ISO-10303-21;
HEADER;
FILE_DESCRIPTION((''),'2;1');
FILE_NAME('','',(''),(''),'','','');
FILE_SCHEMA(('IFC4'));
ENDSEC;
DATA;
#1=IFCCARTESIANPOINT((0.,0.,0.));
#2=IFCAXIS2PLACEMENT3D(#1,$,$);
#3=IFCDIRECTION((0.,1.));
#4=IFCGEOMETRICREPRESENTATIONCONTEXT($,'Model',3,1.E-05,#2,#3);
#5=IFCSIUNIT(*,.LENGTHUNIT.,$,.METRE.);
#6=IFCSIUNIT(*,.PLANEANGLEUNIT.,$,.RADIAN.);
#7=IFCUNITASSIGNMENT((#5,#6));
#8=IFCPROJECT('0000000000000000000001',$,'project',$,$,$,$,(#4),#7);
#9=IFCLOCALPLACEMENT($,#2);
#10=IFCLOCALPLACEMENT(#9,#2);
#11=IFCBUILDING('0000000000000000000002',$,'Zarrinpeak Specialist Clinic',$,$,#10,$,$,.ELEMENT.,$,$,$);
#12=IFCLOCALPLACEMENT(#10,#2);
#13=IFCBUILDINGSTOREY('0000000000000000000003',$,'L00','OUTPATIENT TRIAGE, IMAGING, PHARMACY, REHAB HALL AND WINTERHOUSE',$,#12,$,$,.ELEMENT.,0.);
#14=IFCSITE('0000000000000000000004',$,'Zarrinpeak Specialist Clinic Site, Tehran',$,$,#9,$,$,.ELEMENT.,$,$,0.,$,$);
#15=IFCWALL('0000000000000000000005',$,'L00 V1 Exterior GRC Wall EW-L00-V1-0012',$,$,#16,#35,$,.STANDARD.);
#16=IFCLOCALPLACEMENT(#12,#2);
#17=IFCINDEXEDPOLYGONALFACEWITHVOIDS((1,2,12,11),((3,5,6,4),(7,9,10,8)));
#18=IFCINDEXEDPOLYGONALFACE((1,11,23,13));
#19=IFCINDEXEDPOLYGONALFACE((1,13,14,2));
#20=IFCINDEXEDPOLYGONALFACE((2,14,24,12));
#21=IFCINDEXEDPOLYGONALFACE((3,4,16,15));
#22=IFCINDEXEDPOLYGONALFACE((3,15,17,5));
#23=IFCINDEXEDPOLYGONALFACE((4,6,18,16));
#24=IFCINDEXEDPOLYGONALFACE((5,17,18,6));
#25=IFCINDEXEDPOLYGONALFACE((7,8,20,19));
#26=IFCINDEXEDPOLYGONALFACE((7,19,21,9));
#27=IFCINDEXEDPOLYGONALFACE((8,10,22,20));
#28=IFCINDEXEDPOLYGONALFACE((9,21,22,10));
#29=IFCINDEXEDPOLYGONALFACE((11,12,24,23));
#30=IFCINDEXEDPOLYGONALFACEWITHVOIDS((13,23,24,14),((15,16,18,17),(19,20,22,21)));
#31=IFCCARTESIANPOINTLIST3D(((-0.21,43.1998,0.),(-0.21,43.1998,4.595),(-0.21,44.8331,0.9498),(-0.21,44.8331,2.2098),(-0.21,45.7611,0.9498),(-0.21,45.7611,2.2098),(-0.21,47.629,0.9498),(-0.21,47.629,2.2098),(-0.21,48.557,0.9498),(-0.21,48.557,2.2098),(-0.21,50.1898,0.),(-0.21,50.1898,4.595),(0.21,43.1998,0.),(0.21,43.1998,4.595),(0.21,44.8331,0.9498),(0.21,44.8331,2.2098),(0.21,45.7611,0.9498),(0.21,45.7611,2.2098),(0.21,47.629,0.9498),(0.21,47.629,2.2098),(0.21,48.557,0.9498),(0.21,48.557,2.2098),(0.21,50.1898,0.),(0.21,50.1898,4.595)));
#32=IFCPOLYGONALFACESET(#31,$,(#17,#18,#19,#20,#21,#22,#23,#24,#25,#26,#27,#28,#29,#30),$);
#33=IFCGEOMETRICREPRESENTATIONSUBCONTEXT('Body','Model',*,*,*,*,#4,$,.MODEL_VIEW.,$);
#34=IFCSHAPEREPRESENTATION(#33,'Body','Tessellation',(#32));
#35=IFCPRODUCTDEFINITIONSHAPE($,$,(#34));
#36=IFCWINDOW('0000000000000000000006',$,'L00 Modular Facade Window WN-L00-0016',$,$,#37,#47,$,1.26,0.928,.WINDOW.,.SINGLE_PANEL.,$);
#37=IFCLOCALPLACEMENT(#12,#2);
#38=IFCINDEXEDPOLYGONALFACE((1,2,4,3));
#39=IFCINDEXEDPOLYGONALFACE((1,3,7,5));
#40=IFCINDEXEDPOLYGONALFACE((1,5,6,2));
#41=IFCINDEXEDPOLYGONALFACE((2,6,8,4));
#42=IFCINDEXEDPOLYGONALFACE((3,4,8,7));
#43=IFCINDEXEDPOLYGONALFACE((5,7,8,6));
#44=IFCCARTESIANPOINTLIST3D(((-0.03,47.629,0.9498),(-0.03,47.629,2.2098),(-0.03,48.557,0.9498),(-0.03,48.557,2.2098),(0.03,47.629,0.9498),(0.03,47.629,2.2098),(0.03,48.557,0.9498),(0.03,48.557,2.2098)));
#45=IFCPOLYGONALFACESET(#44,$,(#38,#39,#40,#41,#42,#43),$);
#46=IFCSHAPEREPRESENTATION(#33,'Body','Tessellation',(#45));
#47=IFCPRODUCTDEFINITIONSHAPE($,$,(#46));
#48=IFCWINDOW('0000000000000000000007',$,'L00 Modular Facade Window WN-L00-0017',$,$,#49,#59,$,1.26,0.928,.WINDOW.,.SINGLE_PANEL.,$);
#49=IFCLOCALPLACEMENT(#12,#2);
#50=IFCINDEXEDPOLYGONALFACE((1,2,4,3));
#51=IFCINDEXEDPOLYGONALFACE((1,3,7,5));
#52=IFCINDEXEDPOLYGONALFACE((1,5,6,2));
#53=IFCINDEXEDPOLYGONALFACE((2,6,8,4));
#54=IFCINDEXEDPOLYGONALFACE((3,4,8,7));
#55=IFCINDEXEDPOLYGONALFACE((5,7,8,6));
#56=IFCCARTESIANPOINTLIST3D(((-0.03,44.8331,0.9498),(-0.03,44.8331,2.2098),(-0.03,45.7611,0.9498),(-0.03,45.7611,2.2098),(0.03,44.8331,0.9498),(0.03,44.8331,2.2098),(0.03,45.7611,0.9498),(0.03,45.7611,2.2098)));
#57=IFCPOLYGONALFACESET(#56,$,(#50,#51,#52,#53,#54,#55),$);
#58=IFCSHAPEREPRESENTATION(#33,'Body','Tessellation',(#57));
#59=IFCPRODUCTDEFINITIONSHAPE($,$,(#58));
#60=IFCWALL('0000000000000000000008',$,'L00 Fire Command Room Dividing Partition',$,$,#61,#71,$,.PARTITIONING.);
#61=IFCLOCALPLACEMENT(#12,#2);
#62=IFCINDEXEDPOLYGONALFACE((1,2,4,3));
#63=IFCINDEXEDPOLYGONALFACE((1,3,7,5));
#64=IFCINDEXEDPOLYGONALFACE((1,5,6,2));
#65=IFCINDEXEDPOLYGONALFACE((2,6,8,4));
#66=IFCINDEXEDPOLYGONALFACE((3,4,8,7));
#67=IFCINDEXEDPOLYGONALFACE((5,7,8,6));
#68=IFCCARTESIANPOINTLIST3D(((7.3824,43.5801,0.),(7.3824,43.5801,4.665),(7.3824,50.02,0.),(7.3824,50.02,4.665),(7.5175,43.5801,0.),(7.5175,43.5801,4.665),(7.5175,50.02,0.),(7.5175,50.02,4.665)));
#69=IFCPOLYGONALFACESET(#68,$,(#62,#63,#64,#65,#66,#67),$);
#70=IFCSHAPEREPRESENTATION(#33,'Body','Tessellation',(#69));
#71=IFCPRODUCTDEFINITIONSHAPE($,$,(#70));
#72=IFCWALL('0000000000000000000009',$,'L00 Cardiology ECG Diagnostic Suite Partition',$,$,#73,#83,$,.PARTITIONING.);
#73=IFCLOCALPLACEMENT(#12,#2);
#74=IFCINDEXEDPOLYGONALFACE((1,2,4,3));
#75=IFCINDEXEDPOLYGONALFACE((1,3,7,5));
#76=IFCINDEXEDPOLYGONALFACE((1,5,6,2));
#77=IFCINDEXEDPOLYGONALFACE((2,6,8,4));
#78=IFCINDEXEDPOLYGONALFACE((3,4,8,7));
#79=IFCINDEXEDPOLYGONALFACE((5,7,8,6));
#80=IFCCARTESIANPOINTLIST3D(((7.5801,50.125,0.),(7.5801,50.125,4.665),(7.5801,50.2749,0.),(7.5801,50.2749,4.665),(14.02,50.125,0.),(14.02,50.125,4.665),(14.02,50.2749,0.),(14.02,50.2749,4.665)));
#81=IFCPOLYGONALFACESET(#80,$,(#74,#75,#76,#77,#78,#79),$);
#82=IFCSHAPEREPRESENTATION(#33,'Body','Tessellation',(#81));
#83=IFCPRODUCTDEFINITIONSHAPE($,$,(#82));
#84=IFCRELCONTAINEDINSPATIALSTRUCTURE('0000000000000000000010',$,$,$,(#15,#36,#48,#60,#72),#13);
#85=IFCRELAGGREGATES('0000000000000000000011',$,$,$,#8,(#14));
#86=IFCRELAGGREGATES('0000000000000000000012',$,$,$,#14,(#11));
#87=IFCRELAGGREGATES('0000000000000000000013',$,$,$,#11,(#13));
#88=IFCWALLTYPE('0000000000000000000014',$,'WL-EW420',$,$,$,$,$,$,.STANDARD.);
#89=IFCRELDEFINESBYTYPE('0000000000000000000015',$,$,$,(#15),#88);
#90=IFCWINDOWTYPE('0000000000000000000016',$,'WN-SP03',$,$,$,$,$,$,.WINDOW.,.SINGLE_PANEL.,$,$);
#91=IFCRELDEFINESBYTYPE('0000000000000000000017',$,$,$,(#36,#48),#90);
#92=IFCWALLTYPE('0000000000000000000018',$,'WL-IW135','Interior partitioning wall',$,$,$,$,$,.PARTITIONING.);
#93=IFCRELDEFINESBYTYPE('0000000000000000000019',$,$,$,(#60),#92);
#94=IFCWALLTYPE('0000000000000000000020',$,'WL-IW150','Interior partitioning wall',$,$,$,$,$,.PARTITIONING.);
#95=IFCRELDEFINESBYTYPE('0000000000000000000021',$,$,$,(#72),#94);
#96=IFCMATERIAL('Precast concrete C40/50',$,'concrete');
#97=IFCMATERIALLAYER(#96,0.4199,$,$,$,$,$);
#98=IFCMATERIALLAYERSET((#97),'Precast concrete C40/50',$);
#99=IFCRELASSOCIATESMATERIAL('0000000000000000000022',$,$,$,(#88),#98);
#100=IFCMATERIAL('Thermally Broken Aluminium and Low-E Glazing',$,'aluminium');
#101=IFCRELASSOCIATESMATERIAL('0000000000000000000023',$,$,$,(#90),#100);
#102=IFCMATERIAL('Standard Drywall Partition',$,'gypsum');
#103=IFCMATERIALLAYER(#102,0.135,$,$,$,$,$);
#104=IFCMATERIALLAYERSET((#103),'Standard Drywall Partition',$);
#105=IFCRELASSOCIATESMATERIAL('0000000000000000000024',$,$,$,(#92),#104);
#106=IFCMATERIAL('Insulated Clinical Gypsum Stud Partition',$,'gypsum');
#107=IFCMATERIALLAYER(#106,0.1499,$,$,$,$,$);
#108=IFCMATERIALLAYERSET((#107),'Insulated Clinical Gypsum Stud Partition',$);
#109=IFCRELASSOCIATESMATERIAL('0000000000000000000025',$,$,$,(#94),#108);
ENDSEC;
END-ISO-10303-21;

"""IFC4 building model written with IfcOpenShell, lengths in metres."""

from ifc_helpers import new_model, si_unit, direction, frame, frame_2d, origin, place, context, subcontext, project, spatial, rectangle, extrude, material, layer, layer_set, type_object, element, fill, save


model = new_model("IFC4")

# Units and contexts
model_context = context("Model", 3, precision=1e-05, world=origin(), true_north=direction((0.0, 1.0)))
body_context = subcontext(model_context, "Body", "Model", "MODEL_VIEW")
ifc_project = project(units=[si_unit("LENGTHUNIT", "METRE"), si_unit("PLANEANGLEUNIT", "RADIAN")], contexts=[model_context])

# Site, building, storey
site_placement = place(None, origin())
site = spatial("IfcSite", under=ifc_project, at=site_placement, Name="Zarrinpeak Specialist Clinic Site, Tehran", CompositionType="ELEMENT", RefElevation=0.0)
building_placement = place(site_placement, origin())
building = spatial("IfcBuilding", under=site, at=building_placement, Name="Zarrinpeak Specialist Clinic", CompositionType="ELEMENT")
storey_placement = place(building_placement, origin())
storey = spatial("IfcBuildingStorey", under=building, at=storey_placement, Name="L00", Description="OUTPATIENT TRIAGE, IMAGING, PHARMACY, REHAB HALL AND WINTERHOUSE", CompositionType="ELEMENT", Elevation=0.0)

# Wall, openings, windows
ifc_material_1 = material(Name="Precast concrete C40/50", Category="concrete")
ifc_layer_1 = layer(ifc_material_1, 0.4199)
ifc_layer_set_1 = layer_set([ifc_layer_1], Name="Precast concrete C40/50")
wall_type_1 = type_object("IfcWallType", Name="WL-EW420", PredefinedType="STANDARD", material=ifc_layer_set_1)
ifc_material_2 = material(Name="Thermally Broken Aluminium and Low-E Glazing", Category="aluminium")
wall_1_placement = place(storey_placement, frame((0.0, 50.1899, 0.0), z_axis=(0.0, 0.0, 1.0), x_axis=(0.0, -1.0, 0.0)))
wall_1 = element("IfcWall", 1, at=wall_1_placement, inside=storey, type_object=wall_type_1, Name="L00 V1 Exterior GRC Wall EW-L00-V1-0012", PredefinedType="STANDARD", context=body_context, shape_type="SweptSolid", body=[
    extrude(rectangle(XDim=6.99, YDim=0.4199, at=frame_2d((3.4951, 0.0))), origin(), (0.0, 0.0, 1.0), 4.595),
])
opening_1_placement = place(wall_1_placement, frame((1.6331, 0.0, 0.95)))
opening_1 = element("IfcOpeningElement", 2, at=opening_1_placement, cuts=wall_1, PredefinedType="OPENING", context=body_context, shape_type="SweptSolid", body=[
    extrude(rectangle(XDim=0.928, YDim=1.26, at=frame_2d((0.4639, 0.6299))), frame((0.0, 0.22, 0.0), z_axis=(0.0, -1.0, 0.0), x_axis=(1.0, 0.0, 0.0)), (0.0, 0.0, 1.0), 0.4399),
])
opening_2_placement = place(wall_1_placement, frame((4.429, 0.0, 0.95)))
opening_2 = element("IfcOpeningElement", 3, at=opening_2_placement, cuts=wall_1, PredefinedType="OPENING", context=body_context, shape_type="SweptSolid", body=[
    extrude(rectangle(XDim=0.928, YDim=1.26, at=frame_2d((0.4639, 0.6299))), frame((0.0, 0.22, 0.0), z_axis=(0.0, -1.0, 0.0), x_axis=(1.0, 0.0, 0.0)), (0.0, 0.0, 1.0), 0.4399),
])
window_type_1 = type_object("IfcWindowType", Name="WN-SP03", PartitioningType="SINGLE_PANEL", PredefinedType="WINDOW", material=ifc_material_2)
window_1_placement = place(opening_1_placement, origin())
window_1 = element("IfcWindow", 4, at=window_1_placement, inside=storey, type_object=window_type_1, Name="L00 Modular Facade Window WN-L00-0016", OverallHeight=1.26, OverallWidth=0.928, PartitioningType="SINGLE_PANEL", PredefinedType="WINDOW", context=body_context, shape_type="SweptSolid", body=[
    extrude(rectangle(XDim=0.928, YDim=1.26, at=frame_2d((0.4639, 0.6299))), frame((0.0, 0.03, 0.0), z_axis=(0.0, -1.0, 0.0), x_axis=(1.0, 0.0, 0.0)), (0.0, 0.0, 1.0), 0.0601),
])
fill(opening_1, window_1)
window_2_placement = place(opening_2_placement, origin())
window_2 = element("IfcWindow", 5, at=window_2_placement, inside=storey, type_object=window_type_1, Name="L00 Modular Facade Window WN-L00-0017", OverallHeight=1.26, OverallWidth=0.928, PartitioningType="SINGLE_PANEL", PredefinedType="WINDOW", context=body_context, shape_type="SweptSolid", body=[
    extrude(rectangle(XDim=0.928, YDim=1.26, at=frame_2d((0.4639, 0.6299))), frame((0.0, 0.03, 0.0), z_axis=(0.0, -1.0, 0.0), x_axis=(1.0, 0.0, 0.0)), (0.0, 0.0, 1.0), 0.0601),
])
fill(opening_2, window_2)

# Walls
ifc_material_3 = material(Name="Standard Drywall Partition", Category="gypsum")
ifc_layer_2 = layer(ifc_material_3, 0.135)
ifc_layer_set_2 = layer_set([ifc_layer_2], Name="Standard Drywall Partition")
wall_type_2 = type_object("IfcWallType", Name="WL-IW135", Description="Interior partitioning wall", PredefinedType="PARTITIONING", material=ifc_layer_set_2)
wall_2_placement = place(storey_placement, frame((7.45, 43.5801, 0.0), z_axis=(0.0, 0.0, 1.0), x_axis=(0.0, 1.0, 0.0)))
element("IfcWall", 6, at=wall_2_placement, inside=storey, type_object=wall_type_2, Name="L00 Fire Command Room Dividing Partition", PredefinedType="PARTITIONING", context=body_context, shape_type="SweptSolid", body=[
    extrude(rectangle(XDim=6.4399, YDim=0.135, at=frame_2d((3.22, 0.0))), origin(), (0.0, 0.0, 1.0), 4.665),
])
ifc_material_4 = material(Name="Insulated Clinical Gypsum Stud Partition", Category="gypsum")
ifc_layer_3 = layer(ifc_material_4, 0.1499)
ifc_layer_set_3 = layer_set([ifc_layer_3], Name="Insulated Clinical Gypsum Stud Partition")
wall_type_3 = type_object("IfcWallType", Name="WL-IW150", Description="Interior partitioning wall", PredefinedType="PARTITIONING", material=ifc_layer_set_3)
wall_3_placement = place(storey_placement, frame((7.5801, 50.2, 0.0), z_axis=(0.0, 0.0, 1.0), x_axis=(1.0, 0.0, 0.0)))
element("IfcWall", 7, at=wall_3_placement, inside=storey, type_object=wall_type_3, Name="L00 Cardiology ECG Diagnostic Suite Partition", PredefinedType="PARTITIONING", context=body_context, shape_type="SweptSolid", body=[
    extrude(rectangle(XDim=6.4399, YDim=0.1499, at=frame_2d((3.22, 0.0))), origin(), (0.0, 0.0, 1.0), 4.665),
])

save(model, "model.ifc")
